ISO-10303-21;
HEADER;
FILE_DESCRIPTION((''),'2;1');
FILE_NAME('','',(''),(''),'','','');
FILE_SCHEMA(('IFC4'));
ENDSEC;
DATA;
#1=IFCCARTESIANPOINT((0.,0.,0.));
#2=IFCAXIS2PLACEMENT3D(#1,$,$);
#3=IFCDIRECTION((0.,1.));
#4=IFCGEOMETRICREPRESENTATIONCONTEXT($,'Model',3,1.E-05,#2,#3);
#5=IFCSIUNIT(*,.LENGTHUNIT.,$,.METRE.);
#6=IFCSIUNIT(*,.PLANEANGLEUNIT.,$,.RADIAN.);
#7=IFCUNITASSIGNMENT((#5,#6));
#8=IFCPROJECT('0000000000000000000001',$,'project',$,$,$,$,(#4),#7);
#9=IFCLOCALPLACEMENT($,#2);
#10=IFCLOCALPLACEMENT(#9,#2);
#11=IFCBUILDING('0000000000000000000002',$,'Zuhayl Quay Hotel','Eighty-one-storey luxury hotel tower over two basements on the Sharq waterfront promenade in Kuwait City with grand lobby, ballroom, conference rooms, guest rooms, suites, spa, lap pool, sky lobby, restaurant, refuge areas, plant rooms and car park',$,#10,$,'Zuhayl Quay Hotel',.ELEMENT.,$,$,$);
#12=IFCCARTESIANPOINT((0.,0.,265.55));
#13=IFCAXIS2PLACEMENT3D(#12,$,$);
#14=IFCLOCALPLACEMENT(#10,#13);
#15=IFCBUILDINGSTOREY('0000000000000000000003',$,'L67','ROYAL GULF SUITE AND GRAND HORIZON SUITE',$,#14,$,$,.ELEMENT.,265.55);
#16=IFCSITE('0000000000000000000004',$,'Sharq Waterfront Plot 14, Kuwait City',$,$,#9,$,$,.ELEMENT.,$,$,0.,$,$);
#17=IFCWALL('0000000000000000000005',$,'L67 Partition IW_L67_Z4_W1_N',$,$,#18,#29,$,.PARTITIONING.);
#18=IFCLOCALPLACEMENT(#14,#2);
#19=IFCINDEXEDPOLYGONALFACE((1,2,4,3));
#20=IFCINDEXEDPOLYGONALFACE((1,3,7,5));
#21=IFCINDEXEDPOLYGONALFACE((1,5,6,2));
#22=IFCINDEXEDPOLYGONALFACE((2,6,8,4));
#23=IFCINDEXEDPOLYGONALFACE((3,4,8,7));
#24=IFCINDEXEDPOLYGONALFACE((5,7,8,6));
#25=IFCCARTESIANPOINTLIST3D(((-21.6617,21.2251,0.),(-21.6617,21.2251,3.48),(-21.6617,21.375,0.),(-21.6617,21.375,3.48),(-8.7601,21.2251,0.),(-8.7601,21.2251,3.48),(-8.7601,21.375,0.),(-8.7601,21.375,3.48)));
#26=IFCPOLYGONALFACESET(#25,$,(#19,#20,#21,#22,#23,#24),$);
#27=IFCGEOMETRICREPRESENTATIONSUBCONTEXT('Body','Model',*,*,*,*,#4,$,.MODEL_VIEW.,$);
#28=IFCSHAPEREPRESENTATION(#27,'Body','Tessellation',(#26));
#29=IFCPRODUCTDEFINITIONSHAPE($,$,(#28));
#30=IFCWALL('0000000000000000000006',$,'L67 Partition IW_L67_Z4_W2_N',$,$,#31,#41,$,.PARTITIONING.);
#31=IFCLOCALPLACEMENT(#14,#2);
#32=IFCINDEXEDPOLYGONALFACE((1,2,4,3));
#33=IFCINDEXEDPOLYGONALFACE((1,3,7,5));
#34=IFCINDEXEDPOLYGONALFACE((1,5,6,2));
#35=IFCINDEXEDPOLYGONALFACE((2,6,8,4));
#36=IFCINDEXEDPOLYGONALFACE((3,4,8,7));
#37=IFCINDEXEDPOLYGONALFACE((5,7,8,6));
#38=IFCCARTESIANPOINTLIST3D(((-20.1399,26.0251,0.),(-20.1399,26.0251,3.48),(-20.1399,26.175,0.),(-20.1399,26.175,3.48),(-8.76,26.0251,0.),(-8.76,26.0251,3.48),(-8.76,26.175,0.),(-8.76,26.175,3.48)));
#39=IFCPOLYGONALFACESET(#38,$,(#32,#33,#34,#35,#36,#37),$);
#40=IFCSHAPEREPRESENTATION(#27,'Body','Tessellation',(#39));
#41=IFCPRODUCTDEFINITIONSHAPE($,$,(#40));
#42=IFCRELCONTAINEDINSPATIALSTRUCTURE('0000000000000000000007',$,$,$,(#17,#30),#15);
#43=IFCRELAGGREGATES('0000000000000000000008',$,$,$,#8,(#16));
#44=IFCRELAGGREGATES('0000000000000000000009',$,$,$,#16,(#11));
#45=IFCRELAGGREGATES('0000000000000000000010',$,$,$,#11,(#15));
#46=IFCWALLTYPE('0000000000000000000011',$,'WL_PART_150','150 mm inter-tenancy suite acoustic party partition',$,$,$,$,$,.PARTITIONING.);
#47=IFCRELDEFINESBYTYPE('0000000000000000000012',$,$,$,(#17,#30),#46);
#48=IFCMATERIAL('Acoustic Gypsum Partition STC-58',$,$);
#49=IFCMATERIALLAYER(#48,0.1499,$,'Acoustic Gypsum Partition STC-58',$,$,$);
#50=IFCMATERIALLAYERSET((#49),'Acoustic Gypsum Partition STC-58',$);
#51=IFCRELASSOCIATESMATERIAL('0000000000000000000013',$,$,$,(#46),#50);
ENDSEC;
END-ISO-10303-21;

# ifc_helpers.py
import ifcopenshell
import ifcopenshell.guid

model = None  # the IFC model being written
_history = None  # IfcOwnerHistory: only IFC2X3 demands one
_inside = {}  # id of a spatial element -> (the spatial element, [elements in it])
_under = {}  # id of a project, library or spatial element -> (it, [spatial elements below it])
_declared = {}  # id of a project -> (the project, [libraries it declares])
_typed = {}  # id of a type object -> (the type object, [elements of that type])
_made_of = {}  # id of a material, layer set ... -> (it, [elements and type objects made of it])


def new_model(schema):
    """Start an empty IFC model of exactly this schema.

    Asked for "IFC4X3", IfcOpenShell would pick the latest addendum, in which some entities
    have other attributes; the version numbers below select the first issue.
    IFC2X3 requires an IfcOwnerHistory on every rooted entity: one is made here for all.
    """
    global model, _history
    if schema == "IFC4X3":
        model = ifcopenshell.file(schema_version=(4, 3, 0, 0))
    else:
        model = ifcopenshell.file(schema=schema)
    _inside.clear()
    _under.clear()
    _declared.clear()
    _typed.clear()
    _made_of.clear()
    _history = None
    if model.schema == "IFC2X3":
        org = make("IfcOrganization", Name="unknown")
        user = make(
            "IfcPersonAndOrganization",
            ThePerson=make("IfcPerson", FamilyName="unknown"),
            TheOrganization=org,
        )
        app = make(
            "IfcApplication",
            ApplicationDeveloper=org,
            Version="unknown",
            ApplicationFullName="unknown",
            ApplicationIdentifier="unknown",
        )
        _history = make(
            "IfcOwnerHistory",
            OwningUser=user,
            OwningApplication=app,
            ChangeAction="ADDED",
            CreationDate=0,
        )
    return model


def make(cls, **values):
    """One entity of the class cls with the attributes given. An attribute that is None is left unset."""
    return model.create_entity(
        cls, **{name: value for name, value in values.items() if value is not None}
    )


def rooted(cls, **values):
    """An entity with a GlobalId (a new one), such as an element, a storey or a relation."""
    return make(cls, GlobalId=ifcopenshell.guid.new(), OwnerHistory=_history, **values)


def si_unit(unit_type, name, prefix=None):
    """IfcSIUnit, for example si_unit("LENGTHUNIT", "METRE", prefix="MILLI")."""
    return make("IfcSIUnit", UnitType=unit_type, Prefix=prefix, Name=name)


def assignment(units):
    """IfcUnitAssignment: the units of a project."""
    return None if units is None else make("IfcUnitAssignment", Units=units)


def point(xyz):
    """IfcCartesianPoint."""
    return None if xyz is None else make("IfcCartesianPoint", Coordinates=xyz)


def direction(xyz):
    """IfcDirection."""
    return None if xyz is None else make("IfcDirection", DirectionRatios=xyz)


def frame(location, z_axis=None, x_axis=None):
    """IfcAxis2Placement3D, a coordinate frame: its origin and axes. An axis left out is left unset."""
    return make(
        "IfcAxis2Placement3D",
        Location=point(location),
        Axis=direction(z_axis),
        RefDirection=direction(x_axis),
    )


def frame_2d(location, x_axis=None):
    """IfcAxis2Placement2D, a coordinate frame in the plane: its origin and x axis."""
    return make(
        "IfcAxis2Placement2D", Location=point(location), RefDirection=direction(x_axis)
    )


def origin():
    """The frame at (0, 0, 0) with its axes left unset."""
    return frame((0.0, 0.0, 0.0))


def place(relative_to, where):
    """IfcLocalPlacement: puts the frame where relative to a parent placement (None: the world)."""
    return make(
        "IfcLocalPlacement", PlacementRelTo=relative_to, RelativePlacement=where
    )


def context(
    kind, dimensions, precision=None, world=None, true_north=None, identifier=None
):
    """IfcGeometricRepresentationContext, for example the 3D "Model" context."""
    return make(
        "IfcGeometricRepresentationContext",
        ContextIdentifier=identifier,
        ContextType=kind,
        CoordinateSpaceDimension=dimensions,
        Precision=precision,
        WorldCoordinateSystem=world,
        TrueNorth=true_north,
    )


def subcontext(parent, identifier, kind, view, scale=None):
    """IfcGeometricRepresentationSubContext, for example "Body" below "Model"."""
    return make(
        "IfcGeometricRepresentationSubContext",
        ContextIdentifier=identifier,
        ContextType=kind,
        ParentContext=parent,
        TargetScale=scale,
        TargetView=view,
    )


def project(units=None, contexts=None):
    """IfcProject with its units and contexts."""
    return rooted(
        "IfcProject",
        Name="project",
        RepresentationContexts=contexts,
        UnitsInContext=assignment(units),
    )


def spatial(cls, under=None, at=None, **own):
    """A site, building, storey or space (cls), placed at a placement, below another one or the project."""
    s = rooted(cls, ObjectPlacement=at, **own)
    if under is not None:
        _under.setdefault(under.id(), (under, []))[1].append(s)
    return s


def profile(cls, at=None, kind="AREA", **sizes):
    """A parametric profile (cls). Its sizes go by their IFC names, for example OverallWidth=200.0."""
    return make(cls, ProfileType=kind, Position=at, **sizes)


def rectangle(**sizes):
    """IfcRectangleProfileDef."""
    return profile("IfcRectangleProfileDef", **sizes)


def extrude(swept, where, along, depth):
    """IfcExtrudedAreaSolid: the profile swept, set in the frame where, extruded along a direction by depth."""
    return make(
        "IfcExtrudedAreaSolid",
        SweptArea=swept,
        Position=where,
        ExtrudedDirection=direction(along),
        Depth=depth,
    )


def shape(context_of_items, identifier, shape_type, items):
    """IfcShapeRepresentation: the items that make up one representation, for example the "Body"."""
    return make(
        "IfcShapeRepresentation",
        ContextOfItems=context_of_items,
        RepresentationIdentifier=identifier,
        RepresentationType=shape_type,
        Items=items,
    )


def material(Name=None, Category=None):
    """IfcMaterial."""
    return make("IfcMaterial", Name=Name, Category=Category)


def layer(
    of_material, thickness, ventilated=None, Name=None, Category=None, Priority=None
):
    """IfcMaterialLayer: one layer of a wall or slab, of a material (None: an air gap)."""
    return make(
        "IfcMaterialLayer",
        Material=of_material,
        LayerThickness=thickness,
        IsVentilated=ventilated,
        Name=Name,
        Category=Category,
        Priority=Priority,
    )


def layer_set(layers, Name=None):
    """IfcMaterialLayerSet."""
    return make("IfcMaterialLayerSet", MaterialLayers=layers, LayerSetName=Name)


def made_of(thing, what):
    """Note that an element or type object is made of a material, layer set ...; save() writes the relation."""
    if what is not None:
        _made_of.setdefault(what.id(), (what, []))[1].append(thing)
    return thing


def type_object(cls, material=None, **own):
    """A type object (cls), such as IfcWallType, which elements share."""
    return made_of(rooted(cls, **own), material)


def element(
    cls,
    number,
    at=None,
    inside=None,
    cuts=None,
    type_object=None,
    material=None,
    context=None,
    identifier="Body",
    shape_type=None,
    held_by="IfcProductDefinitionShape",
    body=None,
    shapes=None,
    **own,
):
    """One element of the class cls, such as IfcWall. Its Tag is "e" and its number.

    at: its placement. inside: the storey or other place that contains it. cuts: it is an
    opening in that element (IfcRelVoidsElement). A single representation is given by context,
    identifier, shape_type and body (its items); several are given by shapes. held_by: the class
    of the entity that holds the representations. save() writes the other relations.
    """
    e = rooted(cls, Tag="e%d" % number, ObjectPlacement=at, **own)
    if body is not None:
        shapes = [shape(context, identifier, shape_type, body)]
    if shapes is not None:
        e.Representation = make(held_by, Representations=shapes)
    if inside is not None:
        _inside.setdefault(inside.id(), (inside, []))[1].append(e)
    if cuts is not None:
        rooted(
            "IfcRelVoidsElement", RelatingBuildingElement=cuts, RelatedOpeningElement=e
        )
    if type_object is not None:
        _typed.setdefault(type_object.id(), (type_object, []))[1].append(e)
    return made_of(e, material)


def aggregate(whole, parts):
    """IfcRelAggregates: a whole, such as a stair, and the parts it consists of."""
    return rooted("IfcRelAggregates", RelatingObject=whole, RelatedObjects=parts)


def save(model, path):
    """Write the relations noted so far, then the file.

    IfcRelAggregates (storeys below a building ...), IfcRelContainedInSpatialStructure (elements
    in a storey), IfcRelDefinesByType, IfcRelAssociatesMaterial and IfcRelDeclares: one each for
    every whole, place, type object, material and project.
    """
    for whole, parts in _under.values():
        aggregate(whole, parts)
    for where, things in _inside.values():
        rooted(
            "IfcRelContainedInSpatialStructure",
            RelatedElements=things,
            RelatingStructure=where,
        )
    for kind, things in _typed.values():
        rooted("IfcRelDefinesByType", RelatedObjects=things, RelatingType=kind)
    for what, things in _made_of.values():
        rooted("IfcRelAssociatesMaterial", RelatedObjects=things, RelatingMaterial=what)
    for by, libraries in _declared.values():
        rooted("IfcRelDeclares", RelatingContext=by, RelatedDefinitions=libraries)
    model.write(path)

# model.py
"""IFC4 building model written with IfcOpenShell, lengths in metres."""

from ifc_helpers import new_model, si_unit, direction, frame, frame_2d, origin, place, context, subcontext, project, spatial, rectangle, extrude, material, layer, layer_set, type_object, element, save


model = new_model("IFC4")

# Units and contexts
model_context = context("Model", 3, precision=1e-05, world=origin(), true_north=direction((0.0, 1.0)))
body_context = subcontext(model_context, "Body", "Model", "MODEL_VIEW")
ifc_project = project(units=[si_unit("LENGTHUNIT", "METRE"), si_unit("PLANEANGLEUNIT", "RADIAN")], contexts=[model_context])

# Site, building, storey
site_placement = place(None, origin())
site = spatial("IfcSite", under=ifc_project, at=site_placement, Name="Sharq Waterfront Plot 14, Kuwait City", CompositionType="ELEMENT", RefElevation=0.0)
building_placement = place(site_placement, origin())
building = spatial("IfcBuilding", under=site, at=building_placement, Name="Zuhayl Quay Hotel", Description="Eighty-one-storey luxury hotel tower over two basements on the Sharq waterfront promenade in Kuwait City with grand lobby, ballroom, conference rooms, guest rooms, suites, spa, lap pool, sky lobby, restaurant, refuge areas, plant rooms and car park", LongName="Zuhayl Quay Hotel", CompositionType="ELEMENT")
storey_placement = place(building_placement, frame((0.0, 0.0, 265.55)))
storey = spatial("IfcBuildingStorey", under=building, at=storey_placement, Name="L67", Description="ROYAL GULF SUITE AND GRAND HORIZON SUITE", CompositionType="ELEMENT", Elevation=265.55)

# Walls
ifc_material_1 = material(Name="Acoustic Gypsum Partition STC-58")
ifc_layer_1 = layer(ifc_material_1, 0.1499, Name="Acoustic Gypsum Partition STC-58")
ifc_layer_set_1 = layer_set([ifc_layer_1], Name="Acoustic Gypsum Partition STC-58")
wall_type_1 = type_object("IfcWallType", Name="WL_PART_150", Description="150 mm inter-tenancy suite acoustic party partition", PredefinedType="PARTITIONING", material=ifc_layer_set_1)
wall_1_placement = place(storey_placement, frame((-21.6616, 21.3, 0.0), z_axis=(0.0, 0.0, 1.0), x_axis=(1.0, 0.0, 0.0)))
element("IfcWall", 1, at=wall_1_placement, inside=storey, type_object=wall_type_1, Name="L67 Partition IW_L67_Z4_W1_N", PredefinedType="PARTITIONING", context=body_context, shape_type="SweptSolid", body=[
    extrude(rectangle(XDim=12.9016, YDim=0.1499, at=frame_2d((6.4507, 0.0))), origin(), (0.0, 0.0, 1.0), 3.48),
])
wall_2_placement = place(storey_placement, frame((-20.1399, 26.1001, 0.0), z_axis=(0.0, 0.0, 1.0), x_axis=(1.0, 0.0, 0.0)))
element("IfcWall", 2, at=wall_2_placement, inside=storey, type_object=wall_type_1, Name="L67 Partition IW_L67_Z4_W2_N", PredefinedType="PARTITIONING", context=body_context, shape_type="SweptSolid", body=[
    extrude(rectangle(XDim=11.3799, YDim=0.1499, at=frame_2d((5.6899, 0.0))), origin(), (0.0, 0.0, 1.0), 3.48),
])

save(model, "model.ifc")
